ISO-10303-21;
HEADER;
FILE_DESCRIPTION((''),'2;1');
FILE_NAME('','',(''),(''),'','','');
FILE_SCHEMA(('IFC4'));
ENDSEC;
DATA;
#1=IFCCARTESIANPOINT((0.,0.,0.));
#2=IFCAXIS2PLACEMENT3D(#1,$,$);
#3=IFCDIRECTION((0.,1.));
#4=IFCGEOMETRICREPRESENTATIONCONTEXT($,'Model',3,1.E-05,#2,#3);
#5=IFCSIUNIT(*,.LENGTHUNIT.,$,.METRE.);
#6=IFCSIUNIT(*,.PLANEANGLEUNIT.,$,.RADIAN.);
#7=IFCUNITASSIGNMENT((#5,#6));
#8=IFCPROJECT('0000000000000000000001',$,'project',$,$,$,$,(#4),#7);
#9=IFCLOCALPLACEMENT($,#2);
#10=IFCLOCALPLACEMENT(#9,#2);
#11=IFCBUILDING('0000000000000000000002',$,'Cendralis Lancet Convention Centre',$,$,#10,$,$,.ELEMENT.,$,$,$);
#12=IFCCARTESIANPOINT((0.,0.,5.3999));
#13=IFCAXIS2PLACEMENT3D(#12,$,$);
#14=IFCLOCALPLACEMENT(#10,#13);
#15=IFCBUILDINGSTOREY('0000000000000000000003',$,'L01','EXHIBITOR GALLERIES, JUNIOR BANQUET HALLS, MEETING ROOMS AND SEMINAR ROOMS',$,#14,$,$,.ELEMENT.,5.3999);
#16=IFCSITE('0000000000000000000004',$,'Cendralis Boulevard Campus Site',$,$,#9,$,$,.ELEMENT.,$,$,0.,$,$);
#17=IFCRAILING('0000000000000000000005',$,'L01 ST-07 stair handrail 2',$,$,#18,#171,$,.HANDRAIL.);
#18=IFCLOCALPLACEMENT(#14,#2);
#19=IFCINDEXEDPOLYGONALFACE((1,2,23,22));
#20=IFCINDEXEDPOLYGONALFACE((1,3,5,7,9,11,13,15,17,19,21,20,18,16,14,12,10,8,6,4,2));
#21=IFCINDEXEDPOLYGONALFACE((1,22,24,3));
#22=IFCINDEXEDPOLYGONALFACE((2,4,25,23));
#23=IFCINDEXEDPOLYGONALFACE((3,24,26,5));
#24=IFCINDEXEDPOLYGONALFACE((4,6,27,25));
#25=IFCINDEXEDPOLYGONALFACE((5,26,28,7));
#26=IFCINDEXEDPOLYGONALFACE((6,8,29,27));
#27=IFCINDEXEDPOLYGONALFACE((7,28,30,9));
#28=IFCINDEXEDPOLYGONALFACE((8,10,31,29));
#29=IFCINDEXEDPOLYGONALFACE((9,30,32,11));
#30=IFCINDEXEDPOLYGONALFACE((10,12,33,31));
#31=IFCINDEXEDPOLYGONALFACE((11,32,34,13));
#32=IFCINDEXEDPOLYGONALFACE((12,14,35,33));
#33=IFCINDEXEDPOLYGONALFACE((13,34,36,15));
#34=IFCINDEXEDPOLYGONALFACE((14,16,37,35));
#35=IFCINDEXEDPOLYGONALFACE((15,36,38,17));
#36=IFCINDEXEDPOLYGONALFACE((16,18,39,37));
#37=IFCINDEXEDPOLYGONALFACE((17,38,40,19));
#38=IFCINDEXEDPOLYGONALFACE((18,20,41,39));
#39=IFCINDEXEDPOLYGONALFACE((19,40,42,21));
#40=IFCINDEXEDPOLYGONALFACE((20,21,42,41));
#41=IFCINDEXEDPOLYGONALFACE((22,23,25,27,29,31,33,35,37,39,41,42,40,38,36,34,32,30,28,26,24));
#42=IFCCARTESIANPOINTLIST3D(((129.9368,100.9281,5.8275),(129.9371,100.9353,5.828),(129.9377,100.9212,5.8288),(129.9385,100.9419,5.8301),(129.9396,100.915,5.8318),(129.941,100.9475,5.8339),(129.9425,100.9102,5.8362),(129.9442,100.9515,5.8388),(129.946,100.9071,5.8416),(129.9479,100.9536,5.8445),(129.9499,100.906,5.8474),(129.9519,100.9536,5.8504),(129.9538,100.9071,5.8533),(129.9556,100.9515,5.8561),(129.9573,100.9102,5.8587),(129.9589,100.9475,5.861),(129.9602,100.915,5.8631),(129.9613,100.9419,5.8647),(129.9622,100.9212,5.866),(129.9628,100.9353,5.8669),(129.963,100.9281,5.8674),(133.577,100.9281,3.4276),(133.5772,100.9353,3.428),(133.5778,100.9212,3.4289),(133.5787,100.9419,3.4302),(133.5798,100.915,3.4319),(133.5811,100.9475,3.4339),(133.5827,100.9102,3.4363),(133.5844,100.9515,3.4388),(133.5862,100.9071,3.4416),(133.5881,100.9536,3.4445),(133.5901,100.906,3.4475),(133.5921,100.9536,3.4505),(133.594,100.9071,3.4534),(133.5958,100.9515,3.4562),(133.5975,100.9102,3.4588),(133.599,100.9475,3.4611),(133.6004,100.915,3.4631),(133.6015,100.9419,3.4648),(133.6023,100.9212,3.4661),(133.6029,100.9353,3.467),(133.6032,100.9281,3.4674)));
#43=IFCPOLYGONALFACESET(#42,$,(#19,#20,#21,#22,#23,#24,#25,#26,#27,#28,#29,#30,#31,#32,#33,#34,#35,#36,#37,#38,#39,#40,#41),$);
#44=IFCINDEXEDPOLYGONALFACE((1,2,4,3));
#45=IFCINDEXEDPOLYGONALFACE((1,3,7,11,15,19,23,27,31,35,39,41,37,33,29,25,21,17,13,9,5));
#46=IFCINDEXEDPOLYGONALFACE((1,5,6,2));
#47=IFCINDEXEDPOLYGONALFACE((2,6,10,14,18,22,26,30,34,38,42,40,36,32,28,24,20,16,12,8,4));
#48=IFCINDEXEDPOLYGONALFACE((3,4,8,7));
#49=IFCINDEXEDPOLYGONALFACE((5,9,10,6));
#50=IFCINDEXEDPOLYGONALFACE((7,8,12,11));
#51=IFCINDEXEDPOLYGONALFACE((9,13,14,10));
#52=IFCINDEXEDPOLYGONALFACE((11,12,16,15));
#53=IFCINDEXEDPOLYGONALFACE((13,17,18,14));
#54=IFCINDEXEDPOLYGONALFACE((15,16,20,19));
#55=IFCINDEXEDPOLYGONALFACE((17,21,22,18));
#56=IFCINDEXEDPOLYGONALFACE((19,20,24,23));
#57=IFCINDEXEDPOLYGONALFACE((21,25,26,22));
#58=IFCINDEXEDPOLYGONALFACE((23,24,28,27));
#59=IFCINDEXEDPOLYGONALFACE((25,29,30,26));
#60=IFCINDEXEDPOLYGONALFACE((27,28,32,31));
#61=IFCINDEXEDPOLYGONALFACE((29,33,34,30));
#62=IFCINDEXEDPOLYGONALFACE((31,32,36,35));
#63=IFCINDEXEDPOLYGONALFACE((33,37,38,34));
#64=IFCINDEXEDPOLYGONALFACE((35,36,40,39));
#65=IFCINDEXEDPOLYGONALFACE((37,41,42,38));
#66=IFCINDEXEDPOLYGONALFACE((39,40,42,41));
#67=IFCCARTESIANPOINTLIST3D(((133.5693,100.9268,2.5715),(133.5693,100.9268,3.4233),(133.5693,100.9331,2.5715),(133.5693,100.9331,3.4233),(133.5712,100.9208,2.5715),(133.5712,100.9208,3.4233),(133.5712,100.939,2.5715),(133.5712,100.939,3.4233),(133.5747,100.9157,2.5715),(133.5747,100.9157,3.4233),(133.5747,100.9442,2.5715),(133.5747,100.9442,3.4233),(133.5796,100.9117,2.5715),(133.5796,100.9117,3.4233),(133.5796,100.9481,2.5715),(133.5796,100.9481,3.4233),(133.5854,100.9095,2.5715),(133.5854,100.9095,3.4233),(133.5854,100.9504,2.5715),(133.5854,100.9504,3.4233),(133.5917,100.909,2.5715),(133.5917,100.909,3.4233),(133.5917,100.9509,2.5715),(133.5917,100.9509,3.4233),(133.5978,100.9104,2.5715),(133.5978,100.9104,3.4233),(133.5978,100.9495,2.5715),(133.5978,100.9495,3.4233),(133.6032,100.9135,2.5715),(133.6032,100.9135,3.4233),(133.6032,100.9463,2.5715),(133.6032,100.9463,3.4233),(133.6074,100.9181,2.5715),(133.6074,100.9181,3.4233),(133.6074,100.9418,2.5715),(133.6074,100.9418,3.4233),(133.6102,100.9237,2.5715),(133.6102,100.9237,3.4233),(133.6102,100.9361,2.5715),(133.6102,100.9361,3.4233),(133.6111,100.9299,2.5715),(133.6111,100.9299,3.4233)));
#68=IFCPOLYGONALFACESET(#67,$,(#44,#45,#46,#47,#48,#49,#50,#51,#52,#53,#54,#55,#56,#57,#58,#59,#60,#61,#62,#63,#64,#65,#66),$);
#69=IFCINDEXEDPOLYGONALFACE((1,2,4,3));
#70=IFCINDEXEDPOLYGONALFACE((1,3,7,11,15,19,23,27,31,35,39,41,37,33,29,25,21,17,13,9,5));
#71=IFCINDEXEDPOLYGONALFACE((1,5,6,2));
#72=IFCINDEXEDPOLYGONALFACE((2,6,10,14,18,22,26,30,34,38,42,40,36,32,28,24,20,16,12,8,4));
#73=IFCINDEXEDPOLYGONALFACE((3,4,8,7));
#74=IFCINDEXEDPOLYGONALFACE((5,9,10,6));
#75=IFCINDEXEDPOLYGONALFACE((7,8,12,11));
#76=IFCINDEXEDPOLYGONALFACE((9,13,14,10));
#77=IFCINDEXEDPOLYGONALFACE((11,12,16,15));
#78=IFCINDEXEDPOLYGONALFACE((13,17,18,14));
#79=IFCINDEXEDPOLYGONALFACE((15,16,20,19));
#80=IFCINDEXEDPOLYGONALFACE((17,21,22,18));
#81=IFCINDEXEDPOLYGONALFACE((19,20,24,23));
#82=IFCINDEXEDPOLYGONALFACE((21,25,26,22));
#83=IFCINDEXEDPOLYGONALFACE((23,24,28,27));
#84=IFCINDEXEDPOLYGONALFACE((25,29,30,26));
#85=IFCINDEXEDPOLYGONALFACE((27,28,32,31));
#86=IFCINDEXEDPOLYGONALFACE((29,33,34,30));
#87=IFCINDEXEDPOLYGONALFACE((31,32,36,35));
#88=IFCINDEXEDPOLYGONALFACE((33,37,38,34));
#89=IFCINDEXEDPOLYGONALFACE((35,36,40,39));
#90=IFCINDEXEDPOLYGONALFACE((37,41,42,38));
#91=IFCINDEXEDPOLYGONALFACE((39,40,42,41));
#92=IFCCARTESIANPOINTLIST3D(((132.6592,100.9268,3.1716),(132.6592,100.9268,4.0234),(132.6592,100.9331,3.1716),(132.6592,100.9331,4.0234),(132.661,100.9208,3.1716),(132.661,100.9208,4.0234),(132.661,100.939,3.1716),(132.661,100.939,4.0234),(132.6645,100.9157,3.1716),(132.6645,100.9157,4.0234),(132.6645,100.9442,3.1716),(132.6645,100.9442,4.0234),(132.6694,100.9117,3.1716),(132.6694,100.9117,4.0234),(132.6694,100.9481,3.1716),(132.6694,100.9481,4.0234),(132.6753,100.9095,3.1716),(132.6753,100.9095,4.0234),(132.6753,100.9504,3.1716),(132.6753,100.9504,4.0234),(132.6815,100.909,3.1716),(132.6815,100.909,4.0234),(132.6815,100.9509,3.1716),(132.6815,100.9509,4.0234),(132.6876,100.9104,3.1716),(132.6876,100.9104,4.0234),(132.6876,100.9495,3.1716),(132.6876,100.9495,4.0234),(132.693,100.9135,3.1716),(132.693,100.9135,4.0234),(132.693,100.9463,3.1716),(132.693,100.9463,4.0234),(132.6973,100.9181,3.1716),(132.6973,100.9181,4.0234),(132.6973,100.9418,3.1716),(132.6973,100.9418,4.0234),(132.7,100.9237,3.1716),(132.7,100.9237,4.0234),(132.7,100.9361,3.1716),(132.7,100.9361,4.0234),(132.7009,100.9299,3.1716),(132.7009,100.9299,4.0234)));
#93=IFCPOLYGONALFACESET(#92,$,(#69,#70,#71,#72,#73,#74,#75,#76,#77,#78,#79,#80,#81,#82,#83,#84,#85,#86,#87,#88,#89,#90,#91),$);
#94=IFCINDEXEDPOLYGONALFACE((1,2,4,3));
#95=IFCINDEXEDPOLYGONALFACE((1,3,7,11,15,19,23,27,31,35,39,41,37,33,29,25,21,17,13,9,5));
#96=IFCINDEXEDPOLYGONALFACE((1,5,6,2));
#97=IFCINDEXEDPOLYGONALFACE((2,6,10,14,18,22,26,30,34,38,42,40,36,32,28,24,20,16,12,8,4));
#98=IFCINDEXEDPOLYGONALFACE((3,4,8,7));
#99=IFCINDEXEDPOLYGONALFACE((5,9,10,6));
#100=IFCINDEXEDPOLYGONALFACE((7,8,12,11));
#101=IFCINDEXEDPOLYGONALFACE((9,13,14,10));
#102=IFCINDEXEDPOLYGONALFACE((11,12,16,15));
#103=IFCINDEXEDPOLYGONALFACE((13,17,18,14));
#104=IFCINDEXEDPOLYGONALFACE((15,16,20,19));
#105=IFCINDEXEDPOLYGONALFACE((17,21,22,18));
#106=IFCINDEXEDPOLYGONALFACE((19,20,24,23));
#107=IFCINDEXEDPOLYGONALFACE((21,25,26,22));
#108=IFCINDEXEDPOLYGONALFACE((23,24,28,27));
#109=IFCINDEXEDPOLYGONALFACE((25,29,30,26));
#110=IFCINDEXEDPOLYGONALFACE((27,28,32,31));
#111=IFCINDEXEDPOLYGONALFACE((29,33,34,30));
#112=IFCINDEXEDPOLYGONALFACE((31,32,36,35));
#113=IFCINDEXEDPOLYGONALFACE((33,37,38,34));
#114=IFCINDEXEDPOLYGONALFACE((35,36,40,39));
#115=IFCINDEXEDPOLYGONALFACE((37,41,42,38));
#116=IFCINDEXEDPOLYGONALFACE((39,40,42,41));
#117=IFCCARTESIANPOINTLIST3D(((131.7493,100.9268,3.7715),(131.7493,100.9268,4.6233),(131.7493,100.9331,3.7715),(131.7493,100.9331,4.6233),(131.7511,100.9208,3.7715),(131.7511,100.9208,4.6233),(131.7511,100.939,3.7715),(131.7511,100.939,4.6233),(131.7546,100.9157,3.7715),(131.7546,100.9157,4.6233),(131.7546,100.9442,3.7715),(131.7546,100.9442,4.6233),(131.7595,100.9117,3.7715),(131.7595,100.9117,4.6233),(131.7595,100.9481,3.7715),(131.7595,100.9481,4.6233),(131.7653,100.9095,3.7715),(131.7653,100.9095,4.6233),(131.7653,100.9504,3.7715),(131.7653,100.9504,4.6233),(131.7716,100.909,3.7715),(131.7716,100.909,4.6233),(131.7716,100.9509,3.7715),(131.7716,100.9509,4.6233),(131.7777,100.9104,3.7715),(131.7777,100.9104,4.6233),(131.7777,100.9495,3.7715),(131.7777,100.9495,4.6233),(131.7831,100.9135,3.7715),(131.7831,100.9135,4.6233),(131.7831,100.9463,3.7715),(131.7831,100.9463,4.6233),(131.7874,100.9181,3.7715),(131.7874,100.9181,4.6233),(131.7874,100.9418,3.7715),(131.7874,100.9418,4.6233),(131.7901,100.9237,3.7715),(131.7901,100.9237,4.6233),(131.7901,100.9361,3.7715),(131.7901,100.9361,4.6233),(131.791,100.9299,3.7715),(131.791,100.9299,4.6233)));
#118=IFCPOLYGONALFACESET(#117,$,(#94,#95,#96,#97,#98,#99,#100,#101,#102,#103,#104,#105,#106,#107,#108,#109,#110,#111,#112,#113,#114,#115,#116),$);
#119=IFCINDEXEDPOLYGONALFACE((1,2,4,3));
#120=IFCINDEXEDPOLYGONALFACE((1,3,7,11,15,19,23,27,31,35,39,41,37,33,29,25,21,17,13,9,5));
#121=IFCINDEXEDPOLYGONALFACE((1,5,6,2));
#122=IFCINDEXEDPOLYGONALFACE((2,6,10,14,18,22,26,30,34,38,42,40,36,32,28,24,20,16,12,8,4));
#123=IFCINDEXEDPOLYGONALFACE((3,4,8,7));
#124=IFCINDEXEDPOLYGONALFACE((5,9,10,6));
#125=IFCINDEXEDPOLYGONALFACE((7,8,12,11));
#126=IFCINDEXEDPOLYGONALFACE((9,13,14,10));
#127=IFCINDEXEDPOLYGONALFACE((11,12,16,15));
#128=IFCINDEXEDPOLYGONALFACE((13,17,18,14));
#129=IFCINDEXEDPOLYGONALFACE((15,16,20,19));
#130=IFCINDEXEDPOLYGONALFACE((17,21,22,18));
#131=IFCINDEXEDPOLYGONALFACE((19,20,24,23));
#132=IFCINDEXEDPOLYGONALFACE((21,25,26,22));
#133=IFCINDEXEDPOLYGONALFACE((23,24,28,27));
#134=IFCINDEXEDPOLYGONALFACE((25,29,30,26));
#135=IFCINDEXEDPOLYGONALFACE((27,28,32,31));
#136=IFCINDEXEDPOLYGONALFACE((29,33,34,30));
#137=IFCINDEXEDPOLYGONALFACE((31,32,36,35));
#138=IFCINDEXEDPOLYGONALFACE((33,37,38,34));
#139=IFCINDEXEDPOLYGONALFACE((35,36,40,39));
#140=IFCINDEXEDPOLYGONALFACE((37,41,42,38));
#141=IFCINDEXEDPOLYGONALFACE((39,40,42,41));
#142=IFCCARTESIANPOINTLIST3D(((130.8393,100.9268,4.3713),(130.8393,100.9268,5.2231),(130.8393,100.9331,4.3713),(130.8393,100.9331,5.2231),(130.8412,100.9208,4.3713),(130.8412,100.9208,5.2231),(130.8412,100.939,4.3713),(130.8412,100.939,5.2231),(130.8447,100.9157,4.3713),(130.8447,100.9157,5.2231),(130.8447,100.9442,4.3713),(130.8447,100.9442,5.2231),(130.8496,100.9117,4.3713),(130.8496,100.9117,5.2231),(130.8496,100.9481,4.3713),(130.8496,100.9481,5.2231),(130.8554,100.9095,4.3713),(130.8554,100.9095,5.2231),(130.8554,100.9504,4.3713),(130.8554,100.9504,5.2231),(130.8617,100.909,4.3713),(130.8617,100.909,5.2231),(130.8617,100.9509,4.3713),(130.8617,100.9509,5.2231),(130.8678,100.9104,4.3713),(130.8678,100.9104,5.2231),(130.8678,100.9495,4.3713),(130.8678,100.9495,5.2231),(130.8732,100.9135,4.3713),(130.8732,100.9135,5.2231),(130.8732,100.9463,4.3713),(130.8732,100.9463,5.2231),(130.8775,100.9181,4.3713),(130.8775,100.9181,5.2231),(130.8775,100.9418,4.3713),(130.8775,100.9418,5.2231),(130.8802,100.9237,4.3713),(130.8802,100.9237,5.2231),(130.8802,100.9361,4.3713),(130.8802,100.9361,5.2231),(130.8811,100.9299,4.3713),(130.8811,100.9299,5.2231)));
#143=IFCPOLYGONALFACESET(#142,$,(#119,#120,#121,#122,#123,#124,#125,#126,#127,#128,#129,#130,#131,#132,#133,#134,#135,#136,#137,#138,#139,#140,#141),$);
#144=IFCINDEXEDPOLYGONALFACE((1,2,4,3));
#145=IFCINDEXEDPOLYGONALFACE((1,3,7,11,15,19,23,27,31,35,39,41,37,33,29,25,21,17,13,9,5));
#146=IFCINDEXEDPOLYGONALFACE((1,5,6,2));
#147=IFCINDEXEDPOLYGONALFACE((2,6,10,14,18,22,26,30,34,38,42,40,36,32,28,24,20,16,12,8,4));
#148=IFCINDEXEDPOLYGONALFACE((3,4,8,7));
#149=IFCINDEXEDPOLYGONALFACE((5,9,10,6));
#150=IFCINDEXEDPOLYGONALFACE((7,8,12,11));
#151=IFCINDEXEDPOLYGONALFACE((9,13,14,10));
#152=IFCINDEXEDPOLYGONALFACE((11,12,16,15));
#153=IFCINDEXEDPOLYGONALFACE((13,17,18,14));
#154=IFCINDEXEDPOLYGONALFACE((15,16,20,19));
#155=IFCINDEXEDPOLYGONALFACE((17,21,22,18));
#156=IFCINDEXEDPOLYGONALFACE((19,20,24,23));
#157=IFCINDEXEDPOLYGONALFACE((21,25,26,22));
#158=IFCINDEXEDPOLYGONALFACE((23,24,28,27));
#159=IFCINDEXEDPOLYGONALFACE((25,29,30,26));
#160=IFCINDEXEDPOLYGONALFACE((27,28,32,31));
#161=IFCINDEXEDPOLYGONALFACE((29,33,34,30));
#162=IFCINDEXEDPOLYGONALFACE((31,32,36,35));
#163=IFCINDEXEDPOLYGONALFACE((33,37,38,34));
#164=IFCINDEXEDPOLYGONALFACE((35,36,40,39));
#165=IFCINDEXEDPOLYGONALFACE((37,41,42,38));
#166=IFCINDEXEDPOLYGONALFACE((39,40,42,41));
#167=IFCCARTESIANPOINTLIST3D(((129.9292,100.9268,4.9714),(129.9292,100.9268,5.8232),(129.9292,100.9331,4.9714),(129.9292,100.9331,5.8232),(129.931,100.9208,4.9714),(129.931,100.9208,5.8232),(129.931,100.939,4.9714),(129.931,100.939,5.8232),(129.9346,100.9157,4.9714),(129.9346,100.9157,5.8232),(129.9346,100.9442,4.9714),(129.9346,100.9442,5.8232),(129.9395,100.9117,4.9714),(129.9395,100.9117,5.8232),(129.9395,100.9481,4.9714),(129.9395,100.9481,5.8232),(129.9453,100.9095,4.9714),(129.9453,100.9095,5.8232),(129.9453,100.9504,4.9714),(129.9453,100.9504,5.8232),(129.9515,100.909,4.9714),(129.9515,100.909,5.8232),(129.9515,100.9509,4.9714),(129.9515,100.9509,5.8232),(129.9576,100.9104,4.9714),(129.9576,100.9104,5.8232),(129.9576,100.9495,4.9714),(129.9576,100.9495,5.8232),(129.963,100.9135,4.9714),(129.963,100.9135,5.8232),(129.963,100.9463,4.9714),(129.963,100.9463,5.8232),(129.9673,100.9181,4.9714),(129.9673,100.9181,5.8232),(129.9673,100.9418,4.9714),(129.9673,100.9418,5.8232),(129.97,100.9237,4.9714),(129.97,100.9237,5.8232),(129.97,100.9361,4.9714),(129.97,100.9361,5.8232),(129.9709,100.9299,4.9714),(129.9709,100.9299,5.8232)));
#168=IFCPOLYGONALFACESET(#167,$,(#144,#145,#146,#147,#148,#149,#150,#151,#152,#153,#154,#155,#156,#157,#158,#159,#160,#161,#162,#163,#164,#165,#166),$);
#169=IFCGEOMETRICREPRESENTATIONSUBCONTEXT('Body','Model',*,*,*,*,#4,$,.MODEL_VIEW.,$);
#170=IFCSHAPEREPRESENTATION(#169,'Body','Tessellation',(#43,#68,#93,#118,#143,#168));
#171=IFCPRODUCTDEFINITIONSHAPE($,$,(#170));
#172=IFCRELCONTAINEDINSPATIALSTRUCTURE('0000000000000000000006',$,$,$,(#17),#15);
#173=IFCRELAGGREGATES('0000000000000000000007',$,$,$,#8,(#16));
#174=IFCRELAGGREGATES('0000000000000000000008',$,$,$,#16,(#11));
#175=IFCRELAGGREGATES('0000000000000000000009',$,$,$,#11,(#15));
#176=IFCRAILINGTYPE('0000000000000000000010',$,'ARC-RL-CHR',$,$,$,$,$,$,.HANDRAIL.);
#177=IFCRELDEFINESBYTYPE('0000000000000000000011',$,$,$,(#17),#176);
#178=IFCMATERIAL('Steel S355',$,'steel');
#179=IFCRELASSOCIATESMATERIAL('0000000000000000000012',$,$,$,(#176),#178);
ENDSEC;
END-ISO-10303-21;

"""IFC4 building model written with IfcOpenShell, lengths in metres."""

from ifc_helpers import new_model, si_unit, direction, frame, origin, origin_2d, place, context, subcontext, project, spatial, circle, extrude, material, type_object, element, save


model = new_model("IFC4")

# Units and contexts
model_context = context("Model", 3, precision=1e-05, world=origin(), true_north=direction((0.0, 1.0)))
body_context = subcontext(model_context, "Body", "Model", "MODEL_VIEW")
ifc_project = project(units=[si_unit("LENGTHUNIT", "METRE"), si_unit("PLANEANGLEUNIT", "RADIAN")], contexts=[model_context])

# Site, building, storey
site_placement = place(None, origin())
site = spatial("IfcSite", under=ifc_project, at=site_placement, Name="Cendralis Boulevard Campus Site", CompositionType="ELEMENT", RefElevation=0.0)
building_placement = place(site_placement, origin())
building = spatial("IfcBuilding", under=site, at=building_placement, Name="Cendralis Lancet Convention Centre", CompositionType="ELEMENT")
storey_placement = place(building_placement, frame((0.0, 0.0, 5.3999)))
storey = spatial("IfcBuildingStorey", under=building, at=storey_placement, Name="L01", Description="EXHIBITOR GALLERIES, JUNIOR BANQUET HALLS, MEETING ROOMS AND SEMINAR ROOMS", CompositionType="ELEMENT", Elevation=5.3999)

# Shared definitions
ifc_material_1 = material(Name="Steel S355", Category="steel")

# Railing
railing_type_1 = type_object("IfcRailingType", Name="ARC-RL-CHR", PredefinedType="HANDRAIL", material=ifc_material_1)
railing_1_placement = place(storey_placement, frame((133.5901, 100.9299, 2.5715)))
element("IfcRailing", 1, at=railing_1_placement, inside=storey, type_object=railing_type_1, Name="L01 ST-07 stair handrail 2", PredefinedType="HANDRAIL", context=body_context, shape_type="SweptSolid", body=[
    extrude(circle(Radius=0.0239, at=origin_2d()), frame((0.0, 0.0, 0.876), z_axis=(-0.834882, 0.0, 0.550429), x_axis=(0.0, -1.0, 0.0)), (0.0, 0.0, 1.0), 4.3601),
    extrude(circle(Radius=0.021, at=origin_2d()), origin(), (0.0, 0.0, 1.0), 0.8518),
    extrude(circle(Radius=0.021, at=origin_2d()), frame((-0.9102, 0.0, 0.6001)), (0.0, 0.0, 1.0), 0.8518),
    extrude(circle(Radius=0.021, at=origin_2d()), frame((-1.8201, 0.0, 1.2)), (0.0, 0.0, 1.0), 0.8518),
    extrude(circle(Radius=0.021, at=origin_2d()), frame((-2.73, 0.0, 1.7998)), (0.0, 0.0, 1.0), 0.8518),
    extrude(circle(Radius=0.021, at=origin_2d()), frame((-3.6401, 0.0, 2.3999)), (0.0, 0.0, 1.0), 0.8518),
])

save(model, "model.ifc")
